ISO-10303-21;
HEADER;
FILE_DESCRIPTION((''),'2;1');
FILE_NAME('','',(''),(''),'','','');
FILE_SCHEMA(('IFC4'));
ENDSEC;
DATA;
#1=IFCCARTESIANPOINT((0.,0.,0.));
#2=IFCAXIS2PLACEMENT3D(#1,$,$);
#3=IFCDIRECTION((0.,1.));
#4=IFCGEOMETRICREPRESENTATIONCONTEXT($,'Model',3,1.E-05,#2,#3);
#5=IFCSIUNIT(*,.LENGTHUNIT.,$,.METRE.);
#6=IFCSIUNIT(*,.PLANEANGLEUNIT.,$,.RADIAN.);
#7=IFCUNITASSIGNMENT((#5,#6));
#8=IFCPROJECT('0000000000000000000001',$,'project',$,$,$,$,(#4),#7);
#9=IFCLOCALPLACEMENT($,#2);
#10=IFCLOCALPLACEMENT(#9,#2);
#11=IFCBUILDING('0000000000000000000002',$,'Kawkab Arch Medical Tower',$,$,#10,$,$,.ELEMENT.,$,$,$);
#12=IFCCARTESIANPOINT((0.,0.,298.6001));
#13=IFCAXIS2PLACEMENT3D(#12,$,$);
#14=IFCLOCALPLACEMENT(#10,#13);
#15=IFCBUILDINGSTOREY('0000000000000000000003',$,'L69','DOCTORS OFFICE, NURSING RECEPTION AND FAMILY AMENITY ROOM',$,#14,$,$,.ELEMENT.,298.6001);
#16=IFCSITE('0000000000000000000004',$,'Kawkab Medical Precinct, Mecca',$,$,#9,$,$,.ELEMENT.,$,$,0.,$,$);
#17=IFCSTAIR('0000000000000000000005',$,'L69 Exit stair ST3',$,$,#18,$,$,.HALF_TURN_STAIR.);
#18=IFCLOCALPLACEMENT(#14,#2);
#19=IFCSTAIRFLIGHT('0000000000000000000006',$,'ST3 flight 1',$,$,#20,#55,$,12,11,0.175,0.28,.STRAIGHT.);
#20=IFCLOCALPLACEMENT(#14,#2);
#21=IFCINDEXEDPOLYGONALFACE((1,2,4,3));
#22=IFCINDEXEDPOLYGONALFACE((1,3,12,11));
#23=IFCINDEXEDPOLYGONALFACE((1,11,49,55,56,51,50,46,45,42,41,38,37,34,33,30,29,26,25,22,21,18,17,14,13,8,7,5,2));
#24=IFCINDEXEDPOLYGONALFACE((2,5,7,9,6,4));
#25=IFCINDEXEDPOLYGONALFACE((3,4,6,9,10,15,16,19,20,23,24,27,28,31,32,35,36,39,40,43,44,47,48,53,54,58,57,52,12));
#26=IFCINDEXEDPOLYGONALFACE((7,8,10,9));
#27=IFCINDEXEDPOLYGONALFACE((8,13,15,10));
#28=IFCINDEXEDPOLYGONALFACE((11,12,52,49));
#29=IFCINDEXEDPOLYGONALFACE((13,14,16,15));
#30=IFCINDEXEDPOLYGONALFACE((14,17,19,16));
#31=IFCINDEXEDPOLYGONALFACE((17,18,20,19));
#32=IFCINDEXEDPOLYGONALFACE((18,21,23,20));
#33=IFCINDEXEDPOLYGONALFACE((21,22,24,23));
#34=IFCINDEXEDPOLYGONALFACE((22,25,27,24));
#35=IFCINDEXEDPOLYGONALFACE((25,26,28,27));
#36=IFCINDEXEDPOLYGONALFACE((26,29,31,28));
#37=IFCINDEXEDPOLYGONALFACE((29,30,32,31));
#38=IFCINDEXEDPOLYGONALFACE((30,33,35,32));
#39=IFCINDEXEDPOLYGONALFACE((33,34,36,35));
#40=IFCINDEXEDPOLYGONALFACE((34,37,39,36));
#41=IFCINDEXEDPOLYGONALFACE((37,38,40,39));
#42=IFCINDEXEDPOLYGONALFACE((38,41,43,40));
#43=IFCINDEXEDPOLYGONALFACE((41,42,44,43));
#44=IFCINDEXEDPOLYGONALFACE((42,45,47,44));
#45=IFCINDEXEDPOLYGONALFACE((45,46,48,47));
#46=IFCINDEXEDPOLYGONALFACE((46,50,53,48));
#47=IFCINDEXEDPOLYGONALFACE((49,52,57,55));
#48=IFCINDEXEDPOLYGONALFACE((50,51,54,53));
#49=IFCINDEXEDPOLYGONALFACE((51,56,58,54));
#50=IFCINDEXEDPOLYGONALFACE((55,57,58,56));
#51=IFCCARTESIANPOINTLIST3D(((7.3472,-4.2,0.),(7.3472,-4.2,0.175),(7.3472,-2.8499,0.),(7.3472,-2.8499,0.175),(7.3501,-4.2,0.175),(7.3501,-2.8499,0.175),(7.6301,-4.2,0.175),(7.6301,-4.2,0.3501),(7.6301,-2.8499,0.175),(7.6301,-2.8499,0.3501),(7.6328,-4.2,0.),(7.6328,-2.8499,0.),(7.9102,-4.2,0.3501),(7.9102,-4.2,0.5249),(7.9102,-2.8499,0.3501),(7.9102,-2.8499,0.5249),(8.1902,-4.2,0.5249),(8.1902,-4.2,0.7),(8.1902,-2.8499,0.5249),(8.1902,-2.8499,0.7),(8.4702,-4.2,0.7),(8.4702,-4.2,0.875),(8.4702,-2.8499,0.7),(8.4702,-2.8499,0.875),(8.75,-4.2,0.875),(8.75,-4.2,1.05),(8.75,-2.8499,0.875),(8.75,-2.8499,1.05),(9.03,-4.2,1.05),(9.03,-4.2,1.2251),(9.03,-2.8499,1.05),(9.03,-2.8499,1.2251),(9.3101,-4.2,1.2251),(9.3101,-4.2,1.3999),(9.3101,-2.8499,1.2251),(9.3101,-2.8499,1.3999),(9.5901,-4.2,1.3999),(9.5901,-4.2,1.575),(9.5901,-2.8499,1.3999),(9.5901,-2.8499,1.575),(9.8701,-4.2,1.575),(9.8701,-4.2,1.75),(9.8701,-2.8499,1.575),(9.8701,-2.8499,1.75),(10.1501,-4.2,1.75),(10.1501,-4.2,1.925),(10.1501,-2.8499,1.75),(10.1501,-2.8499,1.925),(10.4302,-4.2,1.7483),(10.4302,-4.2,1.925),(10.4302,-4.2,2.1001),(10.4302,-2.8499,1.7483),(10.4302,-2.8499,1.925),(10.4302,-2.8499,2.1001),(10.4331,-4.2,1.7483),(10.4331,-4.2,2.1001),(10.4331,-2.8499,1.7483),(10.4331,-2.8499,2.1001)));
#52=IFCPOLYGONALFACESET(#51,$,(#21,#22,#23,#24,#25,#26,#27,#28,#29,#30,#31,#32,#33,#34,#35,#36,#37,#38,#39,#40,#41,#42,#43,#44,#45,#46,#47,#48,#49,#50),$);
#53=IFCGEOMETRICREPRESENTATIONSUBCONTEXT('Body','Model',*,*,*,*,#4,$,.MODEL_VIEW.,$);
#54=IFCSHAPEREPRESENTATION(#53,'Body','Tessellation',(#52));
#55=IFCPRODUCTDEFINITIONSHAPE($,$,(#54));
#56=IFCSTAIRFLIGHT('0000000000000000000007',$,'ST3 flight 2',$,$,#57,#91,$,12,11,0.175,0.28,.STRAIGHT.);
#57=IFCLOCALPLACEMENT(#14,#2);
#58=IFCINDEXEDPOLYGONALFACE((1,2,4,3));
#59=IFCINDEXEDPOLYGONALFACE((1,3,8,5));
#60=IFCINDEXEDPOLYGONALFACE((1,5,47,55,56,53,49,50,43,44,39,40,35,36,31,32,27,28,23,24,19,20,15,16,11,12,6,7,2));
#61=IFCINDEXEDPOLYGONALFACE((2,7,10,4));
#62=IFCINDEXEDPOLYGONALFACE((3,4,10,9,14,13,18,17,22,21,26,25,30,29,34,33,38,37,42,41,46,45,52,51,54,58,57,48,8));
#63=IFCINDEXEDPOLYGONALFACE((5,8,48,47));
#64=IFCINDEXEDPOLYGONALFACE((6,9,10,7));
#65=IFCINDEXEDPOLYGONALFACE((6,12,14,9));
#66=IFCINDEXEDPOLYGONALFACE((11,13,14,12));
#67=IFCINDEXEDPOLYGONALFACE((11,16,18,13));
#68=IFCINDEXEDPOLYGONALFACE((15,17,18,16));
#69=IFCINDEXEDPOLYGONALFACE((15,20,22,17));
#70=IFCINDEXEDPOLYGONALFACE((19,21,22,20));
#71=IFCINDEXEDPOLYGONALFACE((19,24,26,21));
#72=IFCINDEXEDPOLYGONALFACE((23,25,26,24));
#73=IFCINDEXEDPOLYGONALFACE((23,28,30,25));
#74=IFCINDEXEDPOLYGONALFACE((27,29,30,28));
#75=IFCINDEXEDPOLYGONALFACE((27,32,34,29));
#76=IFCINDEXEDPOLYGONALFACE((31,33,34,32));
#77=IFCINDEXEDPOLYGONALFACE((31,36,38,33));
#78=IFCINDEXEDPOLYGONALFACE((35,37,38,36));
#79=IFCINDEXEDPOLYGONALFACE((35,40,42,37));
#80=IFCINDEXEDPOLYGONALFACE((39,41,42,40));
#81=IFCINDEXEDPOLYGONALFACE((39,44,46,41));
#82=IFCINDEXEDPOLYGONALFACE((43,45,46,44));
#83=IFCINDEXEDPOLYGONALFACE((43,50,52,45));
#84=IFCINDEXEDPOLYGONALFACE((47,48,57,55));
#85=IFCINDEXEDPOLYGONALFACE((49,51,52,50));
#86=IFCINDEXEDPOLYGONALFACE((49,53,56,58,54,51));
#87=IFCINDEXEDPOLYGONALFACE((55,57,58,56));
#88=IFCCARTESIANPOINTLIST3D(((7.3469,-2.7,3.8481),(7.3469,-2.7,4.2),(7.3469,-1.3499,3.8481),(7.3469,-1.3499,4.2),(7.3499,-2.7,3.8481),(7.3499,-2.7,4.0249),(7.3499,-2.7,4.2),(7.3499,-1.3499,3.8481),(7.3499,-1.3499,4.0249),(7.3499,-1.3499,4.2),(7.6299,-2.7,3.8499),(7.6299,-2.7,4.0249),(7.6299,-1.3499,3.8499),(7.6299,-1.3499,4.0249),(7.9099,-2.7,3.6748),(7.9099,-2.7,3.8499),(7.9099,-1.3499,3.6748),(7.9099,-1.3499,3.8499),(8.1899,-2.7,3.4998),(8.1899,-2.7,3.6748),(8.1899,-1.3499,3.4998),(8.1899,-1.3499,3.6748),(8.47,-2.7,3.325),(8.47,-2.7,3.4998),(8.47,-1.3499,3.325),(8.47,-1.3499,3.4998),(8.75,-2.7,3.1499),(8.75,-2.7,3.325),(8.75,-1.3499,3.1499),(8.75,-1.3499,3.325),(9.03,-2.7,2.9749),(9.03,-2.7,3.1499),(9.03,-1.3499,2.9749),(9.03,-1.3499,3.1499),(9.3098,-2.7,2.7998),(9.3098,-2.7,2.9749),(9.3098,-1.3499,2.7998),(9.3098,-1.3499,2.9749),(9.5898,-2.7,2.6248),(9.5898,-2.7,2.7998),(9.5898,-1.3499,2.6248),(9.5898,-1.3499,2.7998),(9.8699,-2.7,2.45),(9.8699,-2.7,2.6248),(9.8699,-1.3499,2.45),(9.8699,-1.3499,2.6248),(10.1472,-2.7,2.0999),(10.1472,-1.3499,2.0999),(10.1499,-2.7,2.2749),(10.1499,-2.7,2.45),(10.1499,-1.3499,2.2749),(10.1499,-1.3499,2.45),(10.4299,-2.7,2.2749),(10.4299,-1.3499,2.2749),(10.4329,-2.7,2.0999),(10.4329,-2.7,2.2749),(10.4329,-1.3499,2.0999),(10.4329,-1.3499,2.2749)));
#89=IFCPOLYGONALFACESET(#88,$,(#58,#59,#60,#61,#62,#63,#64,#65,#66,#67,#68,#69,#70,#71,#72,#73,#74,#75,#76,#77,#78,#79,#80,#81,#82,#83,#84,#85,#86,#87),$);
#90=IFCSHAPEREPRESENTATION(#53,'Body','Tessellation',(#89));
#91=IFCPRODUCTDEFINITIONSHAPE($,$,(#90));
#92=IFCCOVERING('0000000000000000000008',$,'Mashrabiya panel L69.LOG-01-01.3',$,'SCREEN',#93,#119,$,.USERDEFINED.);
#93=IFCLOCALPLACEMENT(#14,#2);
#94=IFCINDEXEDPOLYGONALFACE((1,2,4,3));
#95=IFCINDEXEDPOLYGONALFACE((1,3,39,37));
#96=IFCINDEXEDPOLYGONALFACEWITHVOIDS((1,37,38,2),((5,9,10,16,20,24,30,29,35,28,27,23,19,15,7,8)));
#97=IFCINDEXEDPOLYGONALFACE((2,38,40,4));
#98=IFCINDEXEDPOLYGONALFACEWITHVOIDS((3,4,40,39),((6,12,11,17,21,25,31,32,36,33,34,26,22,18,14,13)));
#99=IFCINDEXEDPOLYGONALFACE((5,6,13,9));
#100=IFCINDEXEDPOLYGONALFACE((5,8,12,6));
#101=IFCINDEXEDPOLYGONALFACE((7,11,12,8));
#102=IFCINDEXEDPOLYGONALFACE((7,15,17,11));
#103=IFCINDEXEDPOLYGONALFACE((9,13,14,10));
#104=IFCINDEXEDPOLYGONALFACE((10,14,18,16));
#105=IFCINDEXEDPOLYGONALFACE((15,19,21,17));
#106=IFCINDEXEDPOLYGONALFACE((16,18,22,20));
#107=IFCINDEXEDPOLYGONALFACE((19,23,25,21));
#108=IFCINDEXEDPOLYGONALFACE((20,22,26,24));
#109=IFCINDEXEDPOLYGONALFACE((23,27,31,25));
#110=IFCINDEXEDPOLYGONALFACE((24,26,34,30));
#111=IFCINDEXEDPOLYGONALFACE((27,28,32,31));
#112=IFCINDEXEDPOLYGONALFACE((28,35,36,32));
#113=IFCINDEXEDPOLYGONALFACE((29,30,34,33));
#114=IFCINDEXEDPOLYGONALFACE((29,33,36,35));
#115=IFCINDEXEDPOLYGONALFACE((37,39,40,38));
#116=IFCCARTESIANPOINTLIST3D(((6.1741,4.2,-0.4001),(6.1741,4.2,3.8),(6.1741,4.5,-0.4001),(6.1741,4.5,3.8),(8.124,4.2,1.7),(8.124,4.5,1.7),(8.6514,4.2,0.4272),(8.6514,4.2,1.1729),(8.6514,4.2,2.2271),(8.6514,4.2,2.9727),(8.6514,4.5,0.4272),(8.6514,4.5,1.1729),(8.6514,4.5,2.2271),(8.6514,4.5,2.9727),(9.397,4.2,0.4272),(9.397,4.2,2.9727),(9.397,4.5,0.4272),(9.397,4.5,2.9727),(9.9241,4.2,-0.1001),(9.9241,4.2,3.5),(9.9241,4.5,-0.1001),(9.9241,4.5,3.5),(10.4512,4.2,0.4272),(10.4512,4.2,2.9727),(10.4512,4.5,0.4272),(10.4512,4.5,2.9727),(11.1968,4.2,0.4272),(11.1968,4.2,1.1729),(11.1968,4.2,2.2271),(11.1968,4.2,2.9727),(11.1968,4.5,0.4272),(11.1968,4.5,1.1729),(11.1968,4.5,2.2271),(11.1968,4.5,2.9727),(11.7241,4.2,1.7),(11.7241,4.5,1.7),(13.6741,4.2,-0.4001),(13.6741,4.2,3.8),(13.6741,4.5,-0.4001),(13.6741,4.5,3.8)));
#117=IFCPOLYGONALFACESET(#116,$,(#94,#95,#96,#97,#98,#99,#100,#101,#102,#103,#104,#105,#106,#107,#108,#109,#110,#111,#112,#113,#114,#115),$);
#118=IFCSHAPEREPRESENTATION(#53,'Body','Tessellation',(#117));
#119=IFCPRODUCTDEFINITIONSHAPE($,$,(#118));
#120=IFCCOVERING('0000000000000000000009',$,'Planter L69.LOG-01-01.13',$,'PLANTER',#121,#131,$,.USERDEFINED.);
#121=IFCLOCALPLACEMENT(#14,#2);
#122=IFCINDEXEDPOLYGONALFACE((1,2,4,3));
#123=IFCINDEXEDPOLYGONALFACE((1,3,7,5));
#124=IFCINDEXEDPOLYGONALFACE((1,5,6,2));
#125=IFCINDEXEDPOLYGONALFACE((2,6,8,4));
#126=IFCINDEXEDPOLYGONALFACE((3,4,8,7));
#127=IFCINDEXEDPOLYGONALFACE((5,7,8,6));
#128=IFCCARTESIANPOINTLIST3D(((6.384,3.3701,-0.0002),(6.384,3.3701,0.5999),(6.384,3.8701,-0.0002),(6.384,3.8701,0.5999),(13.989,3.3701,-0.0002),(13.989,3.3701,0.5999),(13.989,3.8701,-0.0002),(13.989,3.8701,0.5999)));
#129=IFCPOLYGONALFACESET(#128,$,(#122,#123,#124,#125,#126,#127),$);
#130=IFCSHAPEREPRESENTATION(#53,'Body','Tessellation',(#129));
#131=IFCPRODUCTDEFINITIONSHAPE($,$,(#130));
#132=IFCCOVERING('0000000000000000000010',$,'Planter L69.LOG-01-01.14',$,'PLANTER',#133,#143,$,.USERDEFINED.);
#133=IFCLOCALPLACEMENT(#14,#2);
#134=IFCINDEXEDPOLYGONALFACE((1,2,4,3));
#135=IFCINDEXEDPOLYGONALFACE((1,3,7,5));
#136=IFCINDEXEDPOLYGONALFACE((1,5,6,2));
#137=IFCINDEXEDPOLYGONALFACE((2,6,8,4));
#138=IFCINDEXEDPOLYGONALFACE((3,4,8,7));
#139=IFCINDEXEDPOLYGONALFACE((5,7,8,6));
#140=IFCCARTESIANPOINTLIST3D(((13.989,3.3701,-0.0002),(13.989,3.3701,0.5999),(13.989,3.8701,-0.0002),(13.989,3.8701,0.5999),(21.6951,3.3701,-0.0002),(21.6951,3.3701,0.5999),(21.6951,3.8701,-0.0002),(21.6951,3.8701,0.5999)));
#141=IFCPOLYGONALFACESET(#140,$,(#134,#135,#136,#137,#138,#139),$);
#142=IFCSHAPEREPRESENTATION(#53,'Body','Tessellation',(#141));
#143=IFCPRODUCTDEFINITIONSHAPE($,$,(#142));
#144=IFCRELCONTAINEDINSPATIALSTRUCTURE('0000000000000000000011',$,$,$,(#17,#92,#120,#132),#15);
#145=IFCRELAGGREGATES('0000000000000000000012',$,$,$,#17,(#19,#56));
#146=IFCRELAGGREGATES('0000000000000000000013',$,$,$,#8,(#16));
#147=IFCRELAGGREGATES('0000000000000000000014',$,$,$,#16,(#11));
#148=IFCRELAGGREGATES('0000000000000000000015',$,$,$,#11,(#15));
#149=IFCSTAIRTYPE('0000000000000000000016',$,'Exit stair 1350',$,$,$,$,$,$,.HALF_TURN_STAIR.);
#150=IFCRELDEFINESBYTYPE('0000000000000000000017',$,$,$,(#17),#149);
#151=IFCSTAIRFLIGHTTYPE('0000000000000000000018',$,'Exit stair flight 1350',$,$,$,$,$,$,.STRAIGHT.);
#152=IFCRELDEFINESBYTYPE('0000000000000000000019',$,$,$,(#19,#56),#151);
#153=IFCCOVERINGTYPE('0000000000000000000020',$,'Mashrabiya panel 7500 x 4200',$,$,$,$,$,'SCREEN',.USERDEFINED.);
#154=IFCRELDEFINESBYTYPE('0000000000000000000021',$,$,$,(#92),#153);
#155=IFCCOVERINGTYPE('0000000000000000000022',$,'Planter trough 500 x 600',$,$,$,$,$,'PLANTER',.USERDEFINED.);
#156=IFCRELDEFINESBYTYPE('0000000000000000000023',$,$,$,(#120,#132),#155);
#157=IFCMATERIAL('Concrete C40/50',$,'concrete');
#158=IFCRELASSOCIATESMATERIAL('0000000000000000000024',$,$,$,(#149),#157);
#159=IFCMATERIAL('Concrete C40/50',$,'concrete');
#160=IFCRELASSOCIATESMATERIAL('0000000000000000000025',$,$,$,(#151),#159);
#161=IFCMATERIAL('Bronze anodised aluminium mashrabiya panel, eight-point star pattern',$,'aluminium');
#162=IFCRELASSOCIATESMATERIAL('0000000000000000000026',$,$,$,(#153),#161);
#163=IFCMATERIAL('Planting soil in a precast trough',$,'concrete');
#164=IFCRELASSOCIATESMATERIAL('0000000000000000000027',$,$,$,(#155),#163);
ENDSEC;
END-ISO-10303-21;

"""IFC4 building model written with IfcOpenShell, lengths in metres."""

from ifc_helpers import new_model, si_unit, direction, frame, origin, origin_2d, place, context, subcontext, project, spatial, polyline, rectangle, outline, extrude, material, material_profile, profile_set, type_object, element, aggregate, save


model = new_model("IFC4")

# Units and contexts
model_context = context("Model", 3, precision=1e-05, world=origin(), true_north=direction((0.0, 1.0)))
body_context = subcontext(model_context, "Body", "Model", "MODEL_VIEW")
ifc_project = project(units=[si_unit("LENGTHUNIT", "METRE"), si_unit("PLANEANGLEUNIT", "RADIAN")], contexts=[model_context])

# Site, building, storey
site_placement = place(None, origin())
site = spatial("IfcSite", under=ifc_project, at=site_placement, Name="Kawkab Medical Precinct, Mecca", CompositionType="ELEMENT", RefElevation=0.0)
building_placement = place(site_placement, origin())
building = spatial("IfcBuilding", under=site, at=building_placement, Name="Kawkab Arch Medical Tower", CompositionType="ELEMENT")
storey_placement = place(building_placement, frame((0.0, 0.0, 298.6001)))
storey = spatial("IfcBuildingStorey", under=building, at=storey_placement, Name="L69", Description="DOCTORS OFFICE, NURSING RECEPTION AND FAMILY AMENITY ROOM", CompositionType="ELEMENT", Elevation=298.6001)

# Shared definitions
placement = place(storey_placement, origin())

# Stair, stair flights
ifc_material_1 = material(Name="Concrete C40/50", Category="concrete")
stair_type = type_object("IfcStairType", Name="Exit stair 1350", PredefinedType="HALF_TURN_STAIR", material=ifc_material_1)
stair = element("IfcStair", 1, at=placement, inside=storey, type_object=stair_type, Name="L69 Exit stair ST3", PredefinedType="HALF_TURN_STAIR")
ifc_material_2 = material(Name="Concrete C40/50", Category="concrete")
stair_flight_type = type_object("IfcStairFlightType", Name="Exit stair flight 1350", PredefinedType="STRAIGHT", material=ifc_material_2)
stair_flight_1_placement = place(storey_placement, frame((7.3501, -3.5249, 0.0), z_axis=(0.0, 0.0, 1.0), x_axis=(1.0, 0.0, 0.0)))
stair_flight_1 = element("IfcStairFlight", 2, at=stair_flight_1_placement, type_object=stair_flight_type, Name="ST3 flight 1", NumberOfRisers=12, NumberOfTreads=11, PredefinedType="STRAIGHT", RiserHeight=0.175, TreadLength=0.28, context=body_context, shape_type="SweptSolid", body=[
    extrude(outline(polyline([(-0.0029, 0.0), (-0.0029, 0.175), (0.0, 0.175), (0.28, 0.175), (0.28, 0.3501), (0.5601, 0.3501), (0.5601, 0.5249), (0.8401, 0.5249), (0.8401, 0.7), (1.1201, 0.7), (1.1201, 0.875), (1.3999, 0.875), (1.3999, 1.05), (1.6799, 1.05), (1.6799, 1.2251), (1.96, 1.2251), (1.96, 1.3999), (2.24, 1.3999), (2.24, 1.575), (2.52, 1.575), (2.52, 1.75), (2.8, 1.75), (2.8, 1.925), (3.0801, 1.925), (3.0801, 2.1001), (3.083, 2.1001), (3.083, 1.7483), (3.0801, 1.7483), (0.2827, 0.0), (-0.0029, 0.0)])), frame((0.0, 0.675, 0.0), z_axis=(0.0, -1.0, 0.0), x_axis=(1.0, 0.0, 0.0)), (0.0, 0.0, 1.0), 1.3501),
])
stair_flight_2_placement = place(storey_placement, frame((10.4299, -2.0249, 2.0999), z_axis=(0.0, 0.0, 1.0), x_axis=(-1.0, 0.0, 0.0)))
stair_flight_2 = element("IfcStairFlight", 3, at=stair_flight_2_placement, type_object=stair_flight_type, Name="ST3 flight 2", NumberOfRisers=12, NumberOfTreads=11, PredefinedType="STRAIGHT", RiserHeight=0.175, TreadLength=0.28, context=body_context, shape_type="SweptSolid", body=[
    extrude(outline(polyline([(-0.0029, 0.0), (-0.0029, 0.175), (0.0, 0.175), (0.28, 0.175), (0.28, 0.3501), (0.5601, 0.3501), (0.5601, 0.5249), (0.8401, 0.5249), (0.8401, 0.7), (1.1201, 0.7), (1.1201, 0.875), (1.3999, 0.875), (1.3999, 1.05), (1.6799, 1.05), (1.6799, 1.2251), (1.96, 1.2251), (1.96, 1.3999), (2.24, 1.3999), (2.24, 1.575), (2.52, 1.575), (2.52, 1.75), (2.8, 1.75), (2.8, 1.925), (3.0801, 1.925), (3.0801, 2.1001), (3.083, 2.1001), (3.083, 1.7483), (3.0801, 1.7483), (0.2827, 0.0), (-0.0029, 0.0)])), frame((0.0, 0.675, 0.0), z_axis=(0.0, -1.0, 0.0), x_axis=(1.0, 0.0, 0.0)), (0.0, 0.0, 1.0), 1.3501),
])
aggregate(stair, [stair_flight_1, stair_flight_2])

# Coverings
ifc_material_3 = material(Name="Bronze anodised aluminium mashrabiya panel, eight-point star pattern", Category="aluminium")
ifc_material_profile_1 = material_profile(ifc_material_3, outline(polyline([(-3.75, -2.1001), (3.75, -2.1001), (3.75, 2.1001), (-3.75, 2.1001), (-3.75, -2.1001)]), holes=[polyline([(1.8, 0.0), (1.2727, 0.5271), (1.2727, 1.2727), (0.5271, 1.2727), (0.0, 1.8), (-0.5271, 1.2727), (-1.2727, 1.2727), (-1.2727, 0.5271), (-1.8, 0.0), (-1.2727, -0.5271), (-1.2727, -1.2727), (-0.5271, -1.2727), (0.0, -1.8), (0.5271, -1.2727), (1.2727, -1.2727), (1.2727, -0.5271), (1.8, 0.0)])]), Name="Mashrabiya panel 7500x4200")
ifc_profile_set_1 = profile_set([ifc_material_profile_1], Name="Bronze anodised aluminium mashrabiya panel, eight-point star pattern")
covering_type_1 = type_object("IfcCoveringType", Name="Mashrabiya panel 7500 x 4200", ElementType="SCREEN", PredefinedType="USERDEFINED", material=ifc_profile_set_1)
covering_1_placement = place(storey_placement, frame((9.9241, 4.2, 1.7), z_axis=(0.0, 1.0, 0.0), x_axis=(-1.0, 0.0, 0.0)))
element("IfcCovering", 4, at=covering_1_placement, inside=storey, type_object=covering_type_1, Name="Mashrabiya panel L69.LOG-01-01.3", ObjectType="SCREEN", PredefinedType="USERDEFINED", context=body_context, shape_type="SweptSolid", body=[
    extrude(outline(polyline([(-3.75, -2.1001), (3.75, -2.1001), (3.75, 2.1001), (-3.75, 2.1001), (-3.75, -2.1001)]), holes=[polyline([(1.8, 0.0), (1.2727, 0.5271), (1.2727, 1.2727), (0.5271, 1.2727), (0.0, 1.8), (-0.5271, 1.2727), (-1.2727, 1.2727), (-1.2727, 0.5271), (-1.8, 0.0), (-1.2727, -0.5271), (-1.2727, -1.2727), (-0.5271, -1.2727), (0.0, -1.8), (0.5271, -1.2727), (1.2727, -1.2727), (1.2727, -0.5271), (1.8, 0.0)])]), origin(), (0.0, 0.0, 1.0), 0.3),
])
ifc_material_4 = material(Name="Planting soil in a precast trough", Category="concrete")
ifc_material_profile_2 = material_profile(ifc_material_4, rectangle(XDim=0.5, YDim=0.6001, at=origin_2d()), Name="Trough 500x600")
ifc_profile_set_2 = profile_set([ifc_material_profile_2], Name="Planting soil in a precast trough")
covering_type_2 = type_object("IfcCoveringType", Name="Planter trough 500 x 600", ElementType="PLANTER", PredefinedType="USERDEFINED", material=ifc_profile_set_2)
covering_2_placement = place(storey_placement, frame((6.384, 3.6201, 0.2998), z_axis=(1.0, 0.0, 0.0), x_axis=(0.0, 1.0, 0.0)))
element("IfcCovering", 5, at=covering_2_placement, inside=storey, type_object=covering_type_2, Name="Planter L69.LOG-01-01.13", ObjectType="PLANTER", PredefinedType="USERDEFINED", context=body_context, shape_type="SweptSolid", body=[
    extrude(rectangle(XDim=0.5, YDim=0.6001, at=origin_2d()), origin(), (0.0, 0.0, 1.0), 7.605),
])
covering_3_placement = place(storey_placement, frame((13.989, 3.6201, 0.2998), z_axis=(1.0, 0.0, 0.0), x_axis=(0.0, 1.0, 0.0)))
element("IfcCovering", 6, at=covering_3_placement, inside=storey, type_object=covering_type_2, Name="Planter L69.LOG-01-01.14", ObjectType="PLANTER", PredefinedType="USERDEFINED", context=body_context, shape_type="SweptSolid", body=[
    extrude(rectangle(XDim=0.5, YDim=0.6001, at=origin_2d()), origin(), (0.0, 0.0, 1.0), 7.7061),
])

save(model, "model.ifc")
